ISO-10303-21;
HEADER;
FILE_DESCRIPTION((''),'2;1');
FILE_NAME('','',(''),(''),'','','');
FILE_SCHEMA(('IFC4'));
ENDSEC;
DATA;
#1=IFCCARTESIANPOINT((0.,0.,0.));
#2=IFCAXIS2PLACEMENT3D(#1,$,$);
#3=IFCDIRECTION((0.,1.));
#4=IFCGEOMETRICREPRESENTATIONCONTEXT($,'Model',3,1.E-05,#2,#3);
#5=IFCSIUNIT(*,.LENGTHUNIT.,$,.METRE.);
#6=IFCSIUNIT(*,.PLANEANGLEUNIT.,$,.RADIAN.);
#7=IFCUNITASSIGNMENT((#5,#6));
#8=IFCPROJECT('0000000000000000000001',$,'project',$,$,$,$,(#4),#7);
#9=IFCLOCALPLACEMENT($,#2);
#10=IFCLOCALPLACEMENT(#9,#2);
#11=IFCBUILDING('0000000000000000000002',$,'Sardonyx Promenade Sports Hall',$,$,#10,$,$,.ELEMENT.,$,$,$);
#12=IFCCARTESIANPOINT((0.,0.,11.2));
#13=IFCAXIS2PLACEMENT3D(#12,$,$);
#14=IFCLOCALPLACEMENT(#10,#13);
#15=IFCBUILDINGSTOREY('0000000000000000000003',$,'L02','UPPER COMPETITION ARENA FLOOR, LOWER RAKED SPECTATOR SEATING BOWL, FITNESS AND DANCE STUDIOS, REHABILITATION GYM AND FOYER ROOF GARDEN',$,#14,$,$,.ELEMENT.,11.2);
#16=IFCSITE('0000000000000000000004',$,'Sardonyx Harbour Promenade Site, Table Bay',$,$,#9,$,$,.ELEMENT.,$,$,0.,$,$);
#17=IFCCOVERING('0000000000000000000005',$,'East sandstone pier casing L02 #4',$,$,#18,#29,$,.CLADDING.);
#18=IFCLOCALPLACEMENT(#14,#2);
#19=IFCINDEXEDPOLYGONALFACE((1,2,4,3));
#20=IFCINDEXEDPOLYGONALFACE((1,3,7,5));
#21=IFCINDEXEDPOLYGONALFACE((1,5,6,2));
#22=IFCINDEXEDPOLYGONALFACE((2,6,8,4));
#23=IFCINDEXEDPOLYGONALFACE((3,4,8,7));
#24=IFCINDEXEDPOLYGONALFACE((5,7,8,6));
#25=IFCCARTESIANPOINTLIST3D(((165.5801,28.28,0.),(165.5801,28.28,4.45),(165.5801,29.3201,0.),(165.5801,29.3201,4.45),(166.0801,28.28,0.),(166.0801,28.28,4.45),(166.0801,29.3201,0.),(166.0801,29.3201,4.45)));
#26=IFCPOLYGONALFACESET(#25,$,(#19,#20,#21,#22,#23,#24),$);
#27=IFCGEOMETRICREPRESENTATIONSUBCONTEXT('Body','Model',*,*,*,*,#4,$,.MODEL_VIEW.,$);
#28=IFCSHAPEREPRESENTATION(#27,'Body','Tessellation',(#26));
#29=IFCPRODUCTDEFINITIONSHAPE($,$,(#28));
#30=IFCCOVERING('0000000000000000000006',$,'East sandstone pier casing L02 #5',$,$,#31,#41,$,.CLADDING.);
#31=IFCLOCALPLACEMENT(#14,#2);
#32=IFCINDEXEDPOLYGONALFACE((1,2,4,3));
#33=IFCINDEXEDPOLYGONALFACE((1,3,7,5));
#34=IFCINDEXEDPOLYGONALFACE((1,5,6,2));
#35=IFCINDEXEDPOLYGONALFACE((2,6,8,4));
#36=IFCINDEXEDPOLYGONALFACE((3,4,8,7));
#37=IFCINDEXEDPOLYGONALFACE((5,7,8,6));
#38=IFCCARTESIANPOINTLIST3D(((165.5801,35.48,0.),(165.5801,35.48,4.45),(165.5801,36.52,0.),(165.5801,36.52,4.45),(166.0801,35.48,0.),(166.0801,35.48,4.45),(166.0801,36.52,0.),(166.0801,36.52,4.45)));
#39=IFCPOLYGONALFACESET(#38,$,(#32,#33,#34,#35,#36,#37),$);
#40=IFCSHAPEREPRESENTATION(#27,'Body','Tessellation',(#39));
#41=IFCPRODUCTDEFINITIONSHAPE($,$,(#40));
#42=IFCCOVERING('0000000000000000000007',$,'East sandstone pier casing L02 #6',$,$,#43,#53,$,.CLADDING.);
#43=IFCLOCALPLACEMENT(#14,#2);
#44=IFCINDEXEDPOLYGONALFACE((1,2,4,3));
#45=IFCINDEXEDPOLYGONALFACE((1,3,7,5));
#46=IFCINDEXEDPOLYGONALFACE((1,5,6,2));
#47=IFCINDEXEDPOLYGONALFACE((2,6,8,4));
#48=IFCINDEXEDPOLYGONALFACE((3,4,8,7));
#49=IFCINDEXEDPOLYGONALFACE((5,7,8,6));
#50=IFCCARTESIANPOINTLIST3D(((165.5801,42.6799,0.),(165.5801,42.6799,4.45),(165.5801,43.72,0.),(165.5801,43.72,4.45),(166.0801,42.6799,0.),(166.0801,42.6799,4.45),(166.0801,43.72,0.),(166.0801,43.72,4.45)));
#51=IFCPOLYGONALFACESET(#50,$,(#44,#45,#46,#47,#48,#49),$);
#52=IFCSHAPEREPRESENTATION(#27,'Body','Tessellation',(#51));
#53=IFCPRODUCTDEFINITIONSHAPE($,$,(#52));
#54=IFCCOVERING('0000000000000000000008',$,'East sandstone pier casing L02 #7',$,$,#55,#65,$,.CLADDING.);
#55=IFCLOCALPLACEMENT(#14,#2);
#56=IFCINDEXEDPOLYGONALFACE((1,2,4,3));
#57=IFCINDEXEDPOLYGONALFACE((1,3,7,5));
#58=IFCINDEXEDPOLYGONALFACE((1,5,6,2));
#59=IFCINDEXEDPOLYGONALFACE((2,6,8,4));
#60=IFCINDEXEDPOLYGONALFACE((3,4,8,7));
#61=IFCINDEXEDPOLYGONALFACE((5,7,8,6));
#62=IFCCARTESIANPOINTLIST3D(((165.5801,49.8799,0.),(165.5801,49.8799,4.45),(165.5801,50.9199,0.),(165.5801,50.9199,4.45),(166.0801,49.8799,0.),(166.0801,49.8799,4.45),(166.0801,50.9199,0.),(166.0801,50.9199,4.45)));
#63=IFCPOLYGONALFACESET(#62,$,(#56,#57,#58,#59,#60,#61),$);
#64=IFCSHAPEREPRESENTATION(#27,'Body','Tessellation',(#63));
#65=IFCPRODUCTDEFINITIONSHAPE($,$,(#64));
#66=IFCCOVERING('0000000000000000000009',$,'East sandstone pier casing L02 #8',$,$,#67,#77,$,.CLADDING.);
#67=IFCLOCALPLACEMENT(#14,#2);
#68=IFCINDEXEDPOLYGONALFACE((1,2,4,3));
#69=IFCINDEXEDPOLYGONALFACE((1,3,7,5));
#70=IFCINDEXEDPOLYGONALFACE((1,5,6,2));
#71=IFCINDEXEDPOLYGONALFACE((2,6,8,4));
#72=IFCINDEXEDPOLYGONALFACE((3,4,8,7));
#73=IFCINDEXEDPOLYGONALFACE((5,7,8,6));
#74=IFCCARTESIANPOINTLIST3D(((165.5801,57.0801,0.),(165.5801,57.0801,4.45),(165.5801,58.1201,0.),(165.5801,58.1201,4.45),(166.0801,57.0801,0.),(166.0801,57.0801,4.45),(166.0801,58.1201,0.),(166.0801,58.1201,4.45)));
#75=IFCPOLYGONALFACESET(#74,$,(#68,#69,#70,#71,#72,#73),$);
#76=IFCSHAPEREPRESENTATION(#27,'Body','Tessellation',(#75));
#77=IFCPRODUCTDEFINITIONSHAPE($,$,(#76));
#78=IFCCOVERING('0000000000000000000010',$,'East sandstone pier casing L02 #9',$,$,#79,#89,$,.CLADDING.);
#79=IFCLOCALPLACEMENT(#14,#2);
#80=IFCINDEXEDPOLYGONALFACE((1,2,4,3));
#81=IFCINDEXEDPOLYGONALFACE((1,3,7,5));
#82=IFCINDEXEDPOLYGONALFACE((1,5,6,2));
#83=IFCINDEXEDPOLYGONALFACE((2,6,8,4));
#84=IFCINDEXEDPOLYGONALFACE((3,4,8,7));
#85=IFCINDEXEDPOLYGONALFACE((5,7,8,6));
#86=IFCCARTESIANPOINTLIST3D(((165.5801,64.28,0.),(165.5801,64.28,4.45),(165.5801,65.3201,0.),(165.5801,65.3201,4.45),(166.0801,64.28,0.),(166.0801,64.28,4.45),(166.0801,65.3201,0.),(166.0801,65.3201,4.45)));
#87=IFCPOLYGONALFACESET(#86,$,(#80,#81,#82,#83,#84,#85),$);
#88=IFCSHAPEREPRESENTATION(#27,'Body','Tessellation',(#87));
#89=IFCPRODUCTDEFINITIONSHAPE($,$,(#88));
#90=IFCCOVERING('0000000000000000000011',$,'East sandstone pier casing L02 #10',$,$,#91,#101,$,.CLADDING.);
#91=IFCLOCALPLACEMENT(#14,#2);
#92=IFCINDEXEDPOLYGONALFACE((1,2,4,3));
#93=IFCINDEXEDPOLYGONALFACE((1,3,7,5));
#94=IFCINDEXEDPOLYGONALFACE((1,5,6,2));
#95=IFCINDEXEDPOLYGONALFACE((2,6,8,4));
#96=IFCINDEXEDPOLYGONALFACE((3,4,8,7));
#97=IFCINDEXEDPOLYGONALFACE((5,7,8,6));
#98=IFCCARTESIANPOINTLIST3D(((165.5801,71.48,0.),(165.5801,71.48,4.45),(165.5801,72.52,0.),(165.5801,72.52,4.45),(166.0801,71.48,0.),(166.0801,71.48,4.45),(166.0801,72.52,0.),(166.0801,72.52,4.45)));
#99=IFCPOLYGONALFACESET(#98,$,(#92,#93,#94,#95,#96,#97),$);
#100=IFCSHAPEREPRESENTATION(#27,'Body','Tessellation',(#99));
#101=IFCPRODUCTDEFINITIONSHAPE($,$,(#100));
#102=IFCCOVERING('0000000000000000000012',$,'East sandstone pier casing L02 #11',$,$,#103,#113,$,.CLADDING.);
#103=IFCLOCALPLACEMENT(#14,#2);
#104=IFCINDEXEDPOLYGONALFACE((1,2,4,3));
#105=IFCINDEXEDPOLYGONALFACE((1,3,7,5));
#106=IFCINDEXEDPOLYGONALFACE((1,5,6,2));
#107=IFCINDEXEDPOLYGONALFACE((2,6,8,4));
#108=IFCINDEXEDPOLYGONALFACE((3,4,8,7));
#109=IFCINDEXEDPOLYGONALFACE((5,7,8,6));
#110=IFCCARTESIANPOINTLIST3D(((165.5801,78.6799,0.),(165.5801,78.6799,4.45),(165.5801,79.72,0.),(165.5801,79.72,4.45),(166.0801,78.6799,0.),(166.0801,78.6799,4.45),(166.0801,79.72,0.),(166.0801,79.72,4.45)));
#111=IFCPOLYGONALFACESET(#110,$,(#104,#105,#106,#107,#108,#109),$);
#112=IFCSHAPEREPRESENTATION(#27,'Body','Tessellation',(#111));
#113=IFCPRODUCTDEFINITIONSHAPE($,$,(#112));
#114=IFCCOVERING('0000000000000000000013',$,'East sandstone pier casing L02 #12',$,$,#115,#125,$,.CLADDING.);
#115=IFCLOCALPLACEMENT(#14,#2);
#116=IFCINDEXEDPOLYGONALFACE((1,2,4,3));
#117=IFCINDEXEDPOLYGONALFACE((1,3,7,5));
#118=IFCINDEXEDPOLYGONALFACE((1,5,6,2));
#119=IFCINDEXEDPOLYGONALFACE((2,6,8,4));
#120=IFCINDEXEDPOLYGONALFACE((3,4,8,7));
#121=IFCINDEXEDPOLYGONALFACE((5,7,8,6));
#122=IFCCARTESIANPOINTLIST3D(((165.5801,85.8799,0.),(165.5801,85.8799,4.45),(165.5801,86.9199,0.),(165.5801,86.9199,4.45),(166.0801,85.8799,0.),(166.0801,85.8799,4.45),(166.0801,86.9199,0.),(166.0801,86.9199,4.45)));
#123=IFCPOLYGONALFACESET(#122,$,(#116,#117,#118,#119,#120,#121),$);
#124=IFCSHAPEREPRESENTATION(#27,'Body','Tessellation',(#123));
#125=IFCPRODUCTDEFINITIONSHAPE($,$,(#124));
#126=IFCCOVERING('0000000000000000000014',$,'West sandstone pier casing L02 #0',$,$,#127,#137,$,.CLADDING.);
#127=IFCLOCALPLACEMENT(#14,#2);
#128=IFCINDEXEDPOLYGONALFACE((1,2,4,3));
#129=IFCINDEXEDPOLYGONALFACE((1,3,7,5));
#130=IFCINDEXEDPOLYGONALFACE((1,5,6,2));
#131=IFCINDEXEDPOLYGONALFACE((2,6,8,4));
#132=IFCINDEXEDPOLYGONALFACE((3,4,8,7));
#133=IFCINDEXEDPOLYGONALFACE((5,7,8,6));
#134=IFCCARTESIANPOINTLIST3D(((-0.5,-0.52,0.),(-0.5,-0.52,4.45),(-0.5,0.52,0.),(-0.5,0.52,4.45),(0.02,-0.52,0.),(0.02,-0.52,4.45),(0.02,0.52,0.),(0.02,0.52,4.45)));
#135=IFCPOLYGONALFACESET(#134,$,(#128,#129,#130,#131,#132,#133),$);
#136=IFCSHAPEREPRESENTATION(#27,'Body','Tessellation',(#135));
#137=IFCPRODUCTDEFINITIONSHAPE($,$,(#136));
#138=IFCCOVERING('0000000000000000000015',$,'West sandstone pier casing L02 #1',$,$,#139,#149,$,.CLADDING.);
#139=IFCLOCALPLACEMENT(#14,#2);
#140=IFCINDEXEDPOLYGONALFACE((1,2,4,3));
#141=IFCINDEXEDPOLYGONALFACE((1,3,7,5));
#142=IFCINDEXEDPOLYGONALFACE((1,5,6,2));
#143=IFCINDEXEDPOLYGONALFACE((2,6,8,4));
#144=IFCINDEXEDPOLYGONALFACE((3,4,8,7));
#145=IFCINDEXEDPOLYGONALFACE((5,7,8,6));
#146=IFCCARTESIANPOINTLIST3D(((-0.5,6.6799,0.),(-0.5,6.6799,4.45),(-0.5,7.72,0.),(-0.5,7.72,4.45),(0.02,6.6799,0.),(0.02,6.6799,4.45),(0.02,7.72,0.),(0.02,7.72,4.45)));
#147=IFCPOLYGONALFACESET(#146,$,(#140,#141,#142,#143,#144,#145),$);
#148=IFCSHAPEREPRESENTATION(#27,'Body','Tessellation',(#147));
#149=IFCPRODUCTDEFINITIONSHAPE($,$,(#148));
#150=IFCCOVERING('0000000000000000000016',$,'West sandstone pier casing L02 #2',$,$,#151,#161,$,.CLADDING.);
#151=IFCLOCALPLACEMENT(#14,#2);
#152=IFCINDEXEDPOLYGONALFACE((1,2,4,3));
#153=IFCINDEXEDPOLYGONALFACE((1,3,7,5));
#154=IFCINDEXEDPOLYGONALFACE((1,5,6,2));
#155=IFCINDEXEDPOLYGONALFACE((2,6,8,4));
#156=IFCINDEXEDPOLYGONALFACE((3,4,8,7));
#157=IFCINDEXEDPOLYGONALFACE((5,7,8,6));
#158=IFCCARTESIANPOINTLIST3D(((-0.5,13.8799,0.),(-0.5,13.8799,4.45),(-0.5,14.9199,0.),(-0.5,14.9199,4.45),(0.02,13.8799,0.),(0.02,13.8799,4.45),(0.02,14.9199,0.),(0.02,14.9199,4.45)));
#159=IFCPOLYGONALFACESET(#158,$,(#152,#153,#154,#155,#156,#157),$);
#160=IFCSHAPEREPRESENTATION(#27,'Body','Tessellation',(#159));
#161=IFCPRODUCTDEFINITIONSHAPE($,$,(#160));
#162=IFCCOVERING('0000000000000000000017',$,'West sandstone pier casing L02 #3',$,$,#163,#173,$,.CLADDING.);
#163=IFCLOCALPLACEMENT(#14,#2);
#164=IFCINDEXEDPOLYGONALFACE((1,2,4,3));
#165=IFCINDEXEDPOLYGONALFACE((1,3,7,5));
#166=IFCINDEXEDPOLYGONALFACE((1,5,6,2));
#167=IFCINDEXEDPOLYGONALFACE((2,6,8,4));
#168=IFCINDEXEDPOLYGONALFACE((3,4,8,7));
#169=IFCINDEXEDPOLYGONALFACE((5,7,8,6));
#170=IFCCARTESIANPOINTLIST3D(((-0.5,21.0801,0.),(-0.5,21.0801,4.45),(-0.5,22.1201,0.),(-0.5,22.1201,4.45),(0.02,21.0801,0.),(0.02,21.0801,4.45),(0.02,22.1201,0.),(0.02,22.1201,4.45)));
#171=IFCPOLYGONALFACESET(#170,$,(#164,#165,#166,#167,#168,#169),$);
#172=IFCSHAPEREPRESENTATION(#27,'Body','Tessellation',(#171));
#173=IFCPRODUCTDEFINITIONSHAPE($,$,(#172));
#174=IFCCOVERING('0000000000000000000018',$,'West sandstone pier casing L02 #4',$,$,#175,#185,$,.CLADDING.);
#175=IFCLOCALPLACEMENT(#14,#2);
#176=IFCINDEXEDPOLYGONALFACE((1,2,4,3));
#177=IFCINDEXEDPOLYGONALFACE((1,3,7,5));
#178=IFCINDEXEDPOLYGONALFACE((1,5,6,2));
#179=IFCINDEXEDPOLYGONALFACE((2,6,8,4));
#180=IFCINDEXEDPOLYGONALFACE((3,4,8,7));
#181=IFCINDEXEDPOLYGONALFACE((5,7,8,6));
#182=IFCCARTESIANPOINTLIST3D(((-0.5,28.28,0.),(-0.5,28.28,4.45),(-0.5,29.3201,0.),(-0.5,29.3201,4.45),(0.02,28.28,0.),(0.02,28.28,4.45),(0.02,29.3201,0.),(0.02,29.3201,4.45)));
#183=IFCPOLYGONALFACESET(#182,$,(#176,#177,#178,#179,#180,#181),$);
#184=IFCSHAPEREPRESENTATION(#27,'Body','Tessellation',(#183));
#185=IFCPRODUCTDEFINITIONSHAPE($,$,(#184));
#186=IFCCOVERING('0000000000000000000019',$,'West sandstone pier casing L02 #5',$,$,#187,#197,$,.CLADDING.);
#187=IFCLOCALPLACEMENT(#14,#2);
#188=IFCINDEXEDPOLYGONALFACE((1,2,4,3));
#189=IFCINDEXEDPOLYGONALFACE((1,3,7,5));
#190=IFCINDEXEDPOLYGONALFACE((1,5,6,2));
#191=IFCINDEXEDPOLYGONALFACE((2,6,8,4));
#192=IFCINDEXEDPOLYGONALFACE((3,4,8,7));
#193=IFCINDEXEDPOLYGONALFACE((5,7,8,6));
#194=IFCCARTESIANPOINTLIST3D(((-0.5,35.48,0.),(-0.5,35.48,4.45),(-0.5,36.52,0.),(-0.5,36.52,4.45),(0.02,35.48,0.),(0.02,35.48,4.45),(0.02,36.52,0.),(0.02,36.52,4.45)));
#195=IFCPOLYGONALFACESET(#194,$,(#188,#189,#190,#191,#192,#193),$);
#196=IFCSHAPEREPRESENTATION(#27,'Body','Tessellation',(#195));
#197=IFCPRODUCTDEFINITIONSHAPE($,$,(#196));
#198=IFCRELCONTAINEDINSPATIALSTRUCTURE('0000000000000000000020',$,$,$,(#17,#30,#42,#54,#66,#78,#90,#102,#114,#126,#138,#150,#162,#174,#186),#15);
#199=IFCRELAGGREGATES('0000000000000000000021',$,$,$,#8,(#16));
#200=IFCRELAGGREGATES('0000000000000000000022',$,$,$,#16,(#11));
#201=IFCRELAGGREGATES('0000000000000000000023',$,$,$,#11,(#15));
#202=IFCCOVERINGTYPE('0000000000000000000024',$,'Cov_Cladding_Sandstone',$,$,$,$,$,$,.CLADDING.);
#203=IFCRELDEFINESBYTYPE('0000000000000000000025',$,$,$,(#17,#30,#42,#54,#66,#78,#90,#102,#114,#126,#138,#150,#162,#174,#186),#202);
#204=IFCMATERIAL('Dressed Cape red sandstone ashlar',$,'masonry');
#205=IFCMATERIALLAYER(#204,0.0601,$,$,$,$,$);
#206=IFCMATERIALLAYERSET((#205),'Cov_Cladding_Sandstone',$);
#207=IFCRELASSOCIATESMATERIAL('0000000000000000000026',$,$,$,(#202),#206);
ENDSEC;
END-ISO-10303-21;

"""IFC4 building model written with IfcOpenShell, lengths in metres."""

from ifc_helpers import new_model, si_unit, direction, frame, origin, place, context, subcontext, project, spatial, polyline, outline, extrude, material, layer, layer_set, type_object, element, save


model = new_model("IFC4")

# Units and contexts
model_context = context("Model", 3, precision=1e-05, world=origin(), true_north=direction((0.0, 1.0)))
body_context = subcontext(model_context, "Body", "Model", "MODEL_VIEW")
ifc_project = project(units=[si_unit("LENGTHUNIT", "METRE"), si_unit("PLANEANGLEUNIT", "RADIAN")], contexts=[model_context])

# Site, building, storey
site_placement = place(None, origin())
site = spatial("IfcSite", under=ifc_project, at=site_placement, Name="Sardonyx Harbour Promenade Site, Table Bay", CompositionType="ELEMENT", RefElevation=0.0)
building_placement = place(site_placement, origin())
building = spatial("IfcBuilding", under=site, at=building_placement, Name="Sardonyx Promenade Sports Hall", CompositionType="ELEMENT")
storey_placement = place(building_placement, frame((0.0, 0.0, 11.2)))
storey = spatial("IfcBuildingStorey", under=building, at=storey_placement, Name="L02", Description="UPPER COMPETITION ARENA FLOOR, LOWER RAKED SPECTATOR SEATING BOWL, FITNESS AND DANCE STUDIOS, REHABILITATION GYM AND FOYER ROOF GARDEN", CompositionType="ELEMENT", Elevation=11.2)

# Coverings
ifc_material_1 = material(Name="Dressed Cape red sandstone ashlar", Category="masonry")
ifc_layer_1 = layer(ifc_material_1, 0.0601)
ifc_layer_set_1 = layer_set([ifc_layer_1], Name="Cov_Cladding_Sandstone")
covering_type_1 = type_object("IfcCoveringType", Name="Cov_Cladding_Sandstone", PredefinedType="CLADDING", material=ifc_layer_set_1)
covering_1_placement = place(storey_placement, origin())
element("IfcCovering", 1, at=covering_1_placement, inside=storey, type_object=covering_type_1, Name="East sandstone pier casing L02 #4", PredefinedType="CLADDING", context=body_context, shape_type="SweptSolid", body=[
    extrude(outline(polyline([(165.5801, 28.28), (166.0801, 28.28), (166.0801, 29.3201), (165.5801, 29.3201), (165.5801, 28.28)])), origin(), (0.0, 0.0, 1.0), 4.45),
])
covering_2_placement = place(storey_placement, origin())
element("IfcCovering", 2, at=covering_2_placement, inside=storey, type_object=covering_type_1, Name="East sandstone pier casing L02 #5", PredefinedType="CLADDING", context=body_context, shape_type="SweptSolid", body=[
    extrude(outline(polyline([(165.5801, 35.48), (166.0801, 35.48), (166.0801, 36.52), (165.5801, 36.52), (165.5801, 35.48)])), origin(), (0.0, 0.0, 1.0), 4.45),
])
covering_3_placement = place(storey_placement, origin())
element("IfcCovering", 3, at=covering_3_placement, inside=storey, type_object=covering_type_1, Name="East sandstone pier casing L02 #6", PredefinedType="CLADDING", context=body_context, shape_type="SweptSolid", body=[
    extrude(outline(polyline([(165.5801, 42.6799), (166.0801, 42.6799), (166.0801, 43.72), (165.5801, 43.72), (165.5801, 42.6799)])), origin(), (0.0, 0.0, 1.0), 4.45),
])
covering_4_placement = place(storey_placement, origin())
element("IfcCovering", 4, at=covering_4_placement, inside=storey, type_object=covering_type_1, Name="East sandstone pier casing L02 #7", PredefinedType="CLADDING", context=body_context, shape_type="SweptSolid", body=[
    extrude(outline(polyline([(165.5801, 49.8799), (166.0801, 49.8799), (166.0801, 50.9199), (165.5801, 50.9199), (165.5801, 49.8799)])), origin(), (0.0, 0.0, 1.0), 4.45),
])
covering_5_placement = place(storey_placement, origin())
element("IfcCovering", 5, at=covering_5_placement, inside=storey, type_object=covering_type_1, Name="East sandstone pier casing L02 #8", PredefinedType="CLADDING", context=body_context, shape_type="SweptSolid", body=[
    extrude(outline(polyline([(165.5801, 57.0801), (166.0801, 57.0801), (166.0801, 58.1201), (165.5801, 58.1201), (165.5801, 57.0801)])), origin(), (0.0, 0.0, 1.0), 4.45),
])
covering_6_placement = place(storey_placement, origin())
element("IfcCovering", 6, at=covering_6_placement, inside=storey, type_object=covering_type_1, Name="East sandstone pier casing L02 #9", PredefinedType="CLADDING", context=body_context, shape_type="SweptSolid", body=[
    extrude(outline(polyline([(165.5801, 64.28), (166.0801, 64.28), (166.0801, 65.3201), (165.5801, 65.3201), (165.5801, 64.28)])), origin(), (0.0, 0.0, 1.0), 4.45),
])
covering_7_placement = place(storey_placement, origin())
element("IfcCovering", 7, at=covering_7_placement, inside=storey, type_object=covering_type_1, Name="East sandstone pier casing L02 #10", PredefinedType="CLADDING", context=body_context, shape_type="SweptSolid", body=[
    extrude(outline(polyline([(165.5801, 71.48), (166.0801, 71.48), (166.0801, 72.52), (165.5801, 72.52), (165.5801, 71.48)])), origin(), (0.0, 0.0, 1.0), 4.45),
])
covering_8_placement = place(storey_placement, origin())
element("IfcCovering", 8, at=covering_8_placement, inside=storey, type_object=covering_type_1, Name="East sandstone pier casing L02 #11", PredefinedType="CLADDING", context=body_context, shape_type="SweptSolid", body=[
    extrude(outline(polyline([(165.5801, 78.6799), (166.0801, 78.6799), (166.0801, 79.72), (165.5801, 79.72), (165.5801, 78.6799)])), origin(), (0.0, 0.0, 1.0), 4.45),
])
covering_9_placement = place(storey_placement, origin())
element("IfcCovering", 9, at=covering_9_placement, inside=storey, type_object=covering_type_1, Name="East sandstone pier casing L02 #12", PredefinedType="CLADDING", context=body_context, shape_type="SweptSolid", body=[
    extrude(outline(polyline([(165.5801, 85.8799), (166.0801, 85.8799), (166.0801, 86.9199), (165.5801, 86.9199), (165.5801, 85.8799)])), origin(), (0.0, 0.0, 1.0), 4.45),
])
covering_10_placement = place(storey_placement, origin())
element("IfcCovering", 10, at=covering_10_placement, inside=storey, type_object=covering_type_1, Name="West sandstone pier casing L02 #0", PredefinedType="CLADDING", context=body_context, shape_type="SweptSolid", body=[
    extrude(outline(polyline([(-0.5, -0.52), (0.02, -0.52), (0.02, 0.52), (-0.5, 0.52), (-0.5, -0.52)])), origin(), (0.0, 0.0, 1.0), 4.45),
])
covering_11_placement = place(storey_placement, origin())
element("IfcCovering", 11, at=covering_11_placement, inside=storey, type_object=covering_type_1, Name="West sandstone pier casing L02 #1", PredefinedType="CLADDING", context=body_context, shape_type="SweptSolid", body=[
    extrude(outline(polyline([(-0.5, 6.6799), (0.02, 6.6799), (0.02, 7.72), (-0.5, 7.72), (-0.5, 6.6799)])), origin(), (0.0, 0.0, 1.0), 4.45),
])
covering_12_placement = place(storey_placement, origin())
element("IfcCovering", 12, at=covering_12_placement, inside=storey, type_object=covering_type_1, Name="West sandstone pier casing L02 #2", PredefinedType="CLADDING", context=body_context, shape_type="SweptSolid", body=[
    extrude(outline(polyline([(-0.5, 13.8799), (0.02, 13.8799), (0.02, 14.9199), (-0.5, 14.9199), (-0.5, 13.8799)])), origin(), (0.0, 0.0, 1.0), 4.45),
])
covering_13_placement = place(storey_placement, origin())
element("IfcCovering", 13, at=covering_13_placement, inside=storey, type_object=covering_type_1, Name="West sandstone pier casing L02 #3", PredefinedType="CLADDING", context=body_context, shape_type="SweptSolid", body=[
    extrude(outline(polyline([(-0.5, 21.0801), (0.02, 21.0801), (0.02, 22.1201), (-0.5, 22.1201), (-0.5, 21.0801)])), origin(), (0.0, 0.0, 1.0), 4.45),
])
covering_14_placement = place(storey_placement, origin())
element("IfcCovering", 14, at=covering_14_placement, inside=storey, type_object=covering_type_1, Name="West sandstone pier casing L02 #4", PredefinedType="CLADDING", context=body_context, shape_type="SweptSolid", body=[
    extrude(outline(polyline([(-0.5, 28.28), (0.02, 28.28), (0.02, 29.3201), (-0.5, 29.3201), (-0.5, 28.28)])), origin(), (0.0, 0.0, 1.0), 4.45),
])
covering_15_placement = place(storey_placement, origin())
element("IfcCovering", 15, at=covering_15_placement, inside=storey, type_object=covering_type_1, Name="West sandstone pier casing L02 #5", PredefinedType="CLADDING", context=body_context, shape_type="SweptSolid", body=[
    extrude(outline(polyline([(-0.5, 35.48), (0.02, 35.48), (0.02, 36.52), (-0.5, 36.52), (-0.5, 35.48)])), origin(), (0.0, 0.0, 1.0), 4.45),
])

save(model, "model.ifc")
